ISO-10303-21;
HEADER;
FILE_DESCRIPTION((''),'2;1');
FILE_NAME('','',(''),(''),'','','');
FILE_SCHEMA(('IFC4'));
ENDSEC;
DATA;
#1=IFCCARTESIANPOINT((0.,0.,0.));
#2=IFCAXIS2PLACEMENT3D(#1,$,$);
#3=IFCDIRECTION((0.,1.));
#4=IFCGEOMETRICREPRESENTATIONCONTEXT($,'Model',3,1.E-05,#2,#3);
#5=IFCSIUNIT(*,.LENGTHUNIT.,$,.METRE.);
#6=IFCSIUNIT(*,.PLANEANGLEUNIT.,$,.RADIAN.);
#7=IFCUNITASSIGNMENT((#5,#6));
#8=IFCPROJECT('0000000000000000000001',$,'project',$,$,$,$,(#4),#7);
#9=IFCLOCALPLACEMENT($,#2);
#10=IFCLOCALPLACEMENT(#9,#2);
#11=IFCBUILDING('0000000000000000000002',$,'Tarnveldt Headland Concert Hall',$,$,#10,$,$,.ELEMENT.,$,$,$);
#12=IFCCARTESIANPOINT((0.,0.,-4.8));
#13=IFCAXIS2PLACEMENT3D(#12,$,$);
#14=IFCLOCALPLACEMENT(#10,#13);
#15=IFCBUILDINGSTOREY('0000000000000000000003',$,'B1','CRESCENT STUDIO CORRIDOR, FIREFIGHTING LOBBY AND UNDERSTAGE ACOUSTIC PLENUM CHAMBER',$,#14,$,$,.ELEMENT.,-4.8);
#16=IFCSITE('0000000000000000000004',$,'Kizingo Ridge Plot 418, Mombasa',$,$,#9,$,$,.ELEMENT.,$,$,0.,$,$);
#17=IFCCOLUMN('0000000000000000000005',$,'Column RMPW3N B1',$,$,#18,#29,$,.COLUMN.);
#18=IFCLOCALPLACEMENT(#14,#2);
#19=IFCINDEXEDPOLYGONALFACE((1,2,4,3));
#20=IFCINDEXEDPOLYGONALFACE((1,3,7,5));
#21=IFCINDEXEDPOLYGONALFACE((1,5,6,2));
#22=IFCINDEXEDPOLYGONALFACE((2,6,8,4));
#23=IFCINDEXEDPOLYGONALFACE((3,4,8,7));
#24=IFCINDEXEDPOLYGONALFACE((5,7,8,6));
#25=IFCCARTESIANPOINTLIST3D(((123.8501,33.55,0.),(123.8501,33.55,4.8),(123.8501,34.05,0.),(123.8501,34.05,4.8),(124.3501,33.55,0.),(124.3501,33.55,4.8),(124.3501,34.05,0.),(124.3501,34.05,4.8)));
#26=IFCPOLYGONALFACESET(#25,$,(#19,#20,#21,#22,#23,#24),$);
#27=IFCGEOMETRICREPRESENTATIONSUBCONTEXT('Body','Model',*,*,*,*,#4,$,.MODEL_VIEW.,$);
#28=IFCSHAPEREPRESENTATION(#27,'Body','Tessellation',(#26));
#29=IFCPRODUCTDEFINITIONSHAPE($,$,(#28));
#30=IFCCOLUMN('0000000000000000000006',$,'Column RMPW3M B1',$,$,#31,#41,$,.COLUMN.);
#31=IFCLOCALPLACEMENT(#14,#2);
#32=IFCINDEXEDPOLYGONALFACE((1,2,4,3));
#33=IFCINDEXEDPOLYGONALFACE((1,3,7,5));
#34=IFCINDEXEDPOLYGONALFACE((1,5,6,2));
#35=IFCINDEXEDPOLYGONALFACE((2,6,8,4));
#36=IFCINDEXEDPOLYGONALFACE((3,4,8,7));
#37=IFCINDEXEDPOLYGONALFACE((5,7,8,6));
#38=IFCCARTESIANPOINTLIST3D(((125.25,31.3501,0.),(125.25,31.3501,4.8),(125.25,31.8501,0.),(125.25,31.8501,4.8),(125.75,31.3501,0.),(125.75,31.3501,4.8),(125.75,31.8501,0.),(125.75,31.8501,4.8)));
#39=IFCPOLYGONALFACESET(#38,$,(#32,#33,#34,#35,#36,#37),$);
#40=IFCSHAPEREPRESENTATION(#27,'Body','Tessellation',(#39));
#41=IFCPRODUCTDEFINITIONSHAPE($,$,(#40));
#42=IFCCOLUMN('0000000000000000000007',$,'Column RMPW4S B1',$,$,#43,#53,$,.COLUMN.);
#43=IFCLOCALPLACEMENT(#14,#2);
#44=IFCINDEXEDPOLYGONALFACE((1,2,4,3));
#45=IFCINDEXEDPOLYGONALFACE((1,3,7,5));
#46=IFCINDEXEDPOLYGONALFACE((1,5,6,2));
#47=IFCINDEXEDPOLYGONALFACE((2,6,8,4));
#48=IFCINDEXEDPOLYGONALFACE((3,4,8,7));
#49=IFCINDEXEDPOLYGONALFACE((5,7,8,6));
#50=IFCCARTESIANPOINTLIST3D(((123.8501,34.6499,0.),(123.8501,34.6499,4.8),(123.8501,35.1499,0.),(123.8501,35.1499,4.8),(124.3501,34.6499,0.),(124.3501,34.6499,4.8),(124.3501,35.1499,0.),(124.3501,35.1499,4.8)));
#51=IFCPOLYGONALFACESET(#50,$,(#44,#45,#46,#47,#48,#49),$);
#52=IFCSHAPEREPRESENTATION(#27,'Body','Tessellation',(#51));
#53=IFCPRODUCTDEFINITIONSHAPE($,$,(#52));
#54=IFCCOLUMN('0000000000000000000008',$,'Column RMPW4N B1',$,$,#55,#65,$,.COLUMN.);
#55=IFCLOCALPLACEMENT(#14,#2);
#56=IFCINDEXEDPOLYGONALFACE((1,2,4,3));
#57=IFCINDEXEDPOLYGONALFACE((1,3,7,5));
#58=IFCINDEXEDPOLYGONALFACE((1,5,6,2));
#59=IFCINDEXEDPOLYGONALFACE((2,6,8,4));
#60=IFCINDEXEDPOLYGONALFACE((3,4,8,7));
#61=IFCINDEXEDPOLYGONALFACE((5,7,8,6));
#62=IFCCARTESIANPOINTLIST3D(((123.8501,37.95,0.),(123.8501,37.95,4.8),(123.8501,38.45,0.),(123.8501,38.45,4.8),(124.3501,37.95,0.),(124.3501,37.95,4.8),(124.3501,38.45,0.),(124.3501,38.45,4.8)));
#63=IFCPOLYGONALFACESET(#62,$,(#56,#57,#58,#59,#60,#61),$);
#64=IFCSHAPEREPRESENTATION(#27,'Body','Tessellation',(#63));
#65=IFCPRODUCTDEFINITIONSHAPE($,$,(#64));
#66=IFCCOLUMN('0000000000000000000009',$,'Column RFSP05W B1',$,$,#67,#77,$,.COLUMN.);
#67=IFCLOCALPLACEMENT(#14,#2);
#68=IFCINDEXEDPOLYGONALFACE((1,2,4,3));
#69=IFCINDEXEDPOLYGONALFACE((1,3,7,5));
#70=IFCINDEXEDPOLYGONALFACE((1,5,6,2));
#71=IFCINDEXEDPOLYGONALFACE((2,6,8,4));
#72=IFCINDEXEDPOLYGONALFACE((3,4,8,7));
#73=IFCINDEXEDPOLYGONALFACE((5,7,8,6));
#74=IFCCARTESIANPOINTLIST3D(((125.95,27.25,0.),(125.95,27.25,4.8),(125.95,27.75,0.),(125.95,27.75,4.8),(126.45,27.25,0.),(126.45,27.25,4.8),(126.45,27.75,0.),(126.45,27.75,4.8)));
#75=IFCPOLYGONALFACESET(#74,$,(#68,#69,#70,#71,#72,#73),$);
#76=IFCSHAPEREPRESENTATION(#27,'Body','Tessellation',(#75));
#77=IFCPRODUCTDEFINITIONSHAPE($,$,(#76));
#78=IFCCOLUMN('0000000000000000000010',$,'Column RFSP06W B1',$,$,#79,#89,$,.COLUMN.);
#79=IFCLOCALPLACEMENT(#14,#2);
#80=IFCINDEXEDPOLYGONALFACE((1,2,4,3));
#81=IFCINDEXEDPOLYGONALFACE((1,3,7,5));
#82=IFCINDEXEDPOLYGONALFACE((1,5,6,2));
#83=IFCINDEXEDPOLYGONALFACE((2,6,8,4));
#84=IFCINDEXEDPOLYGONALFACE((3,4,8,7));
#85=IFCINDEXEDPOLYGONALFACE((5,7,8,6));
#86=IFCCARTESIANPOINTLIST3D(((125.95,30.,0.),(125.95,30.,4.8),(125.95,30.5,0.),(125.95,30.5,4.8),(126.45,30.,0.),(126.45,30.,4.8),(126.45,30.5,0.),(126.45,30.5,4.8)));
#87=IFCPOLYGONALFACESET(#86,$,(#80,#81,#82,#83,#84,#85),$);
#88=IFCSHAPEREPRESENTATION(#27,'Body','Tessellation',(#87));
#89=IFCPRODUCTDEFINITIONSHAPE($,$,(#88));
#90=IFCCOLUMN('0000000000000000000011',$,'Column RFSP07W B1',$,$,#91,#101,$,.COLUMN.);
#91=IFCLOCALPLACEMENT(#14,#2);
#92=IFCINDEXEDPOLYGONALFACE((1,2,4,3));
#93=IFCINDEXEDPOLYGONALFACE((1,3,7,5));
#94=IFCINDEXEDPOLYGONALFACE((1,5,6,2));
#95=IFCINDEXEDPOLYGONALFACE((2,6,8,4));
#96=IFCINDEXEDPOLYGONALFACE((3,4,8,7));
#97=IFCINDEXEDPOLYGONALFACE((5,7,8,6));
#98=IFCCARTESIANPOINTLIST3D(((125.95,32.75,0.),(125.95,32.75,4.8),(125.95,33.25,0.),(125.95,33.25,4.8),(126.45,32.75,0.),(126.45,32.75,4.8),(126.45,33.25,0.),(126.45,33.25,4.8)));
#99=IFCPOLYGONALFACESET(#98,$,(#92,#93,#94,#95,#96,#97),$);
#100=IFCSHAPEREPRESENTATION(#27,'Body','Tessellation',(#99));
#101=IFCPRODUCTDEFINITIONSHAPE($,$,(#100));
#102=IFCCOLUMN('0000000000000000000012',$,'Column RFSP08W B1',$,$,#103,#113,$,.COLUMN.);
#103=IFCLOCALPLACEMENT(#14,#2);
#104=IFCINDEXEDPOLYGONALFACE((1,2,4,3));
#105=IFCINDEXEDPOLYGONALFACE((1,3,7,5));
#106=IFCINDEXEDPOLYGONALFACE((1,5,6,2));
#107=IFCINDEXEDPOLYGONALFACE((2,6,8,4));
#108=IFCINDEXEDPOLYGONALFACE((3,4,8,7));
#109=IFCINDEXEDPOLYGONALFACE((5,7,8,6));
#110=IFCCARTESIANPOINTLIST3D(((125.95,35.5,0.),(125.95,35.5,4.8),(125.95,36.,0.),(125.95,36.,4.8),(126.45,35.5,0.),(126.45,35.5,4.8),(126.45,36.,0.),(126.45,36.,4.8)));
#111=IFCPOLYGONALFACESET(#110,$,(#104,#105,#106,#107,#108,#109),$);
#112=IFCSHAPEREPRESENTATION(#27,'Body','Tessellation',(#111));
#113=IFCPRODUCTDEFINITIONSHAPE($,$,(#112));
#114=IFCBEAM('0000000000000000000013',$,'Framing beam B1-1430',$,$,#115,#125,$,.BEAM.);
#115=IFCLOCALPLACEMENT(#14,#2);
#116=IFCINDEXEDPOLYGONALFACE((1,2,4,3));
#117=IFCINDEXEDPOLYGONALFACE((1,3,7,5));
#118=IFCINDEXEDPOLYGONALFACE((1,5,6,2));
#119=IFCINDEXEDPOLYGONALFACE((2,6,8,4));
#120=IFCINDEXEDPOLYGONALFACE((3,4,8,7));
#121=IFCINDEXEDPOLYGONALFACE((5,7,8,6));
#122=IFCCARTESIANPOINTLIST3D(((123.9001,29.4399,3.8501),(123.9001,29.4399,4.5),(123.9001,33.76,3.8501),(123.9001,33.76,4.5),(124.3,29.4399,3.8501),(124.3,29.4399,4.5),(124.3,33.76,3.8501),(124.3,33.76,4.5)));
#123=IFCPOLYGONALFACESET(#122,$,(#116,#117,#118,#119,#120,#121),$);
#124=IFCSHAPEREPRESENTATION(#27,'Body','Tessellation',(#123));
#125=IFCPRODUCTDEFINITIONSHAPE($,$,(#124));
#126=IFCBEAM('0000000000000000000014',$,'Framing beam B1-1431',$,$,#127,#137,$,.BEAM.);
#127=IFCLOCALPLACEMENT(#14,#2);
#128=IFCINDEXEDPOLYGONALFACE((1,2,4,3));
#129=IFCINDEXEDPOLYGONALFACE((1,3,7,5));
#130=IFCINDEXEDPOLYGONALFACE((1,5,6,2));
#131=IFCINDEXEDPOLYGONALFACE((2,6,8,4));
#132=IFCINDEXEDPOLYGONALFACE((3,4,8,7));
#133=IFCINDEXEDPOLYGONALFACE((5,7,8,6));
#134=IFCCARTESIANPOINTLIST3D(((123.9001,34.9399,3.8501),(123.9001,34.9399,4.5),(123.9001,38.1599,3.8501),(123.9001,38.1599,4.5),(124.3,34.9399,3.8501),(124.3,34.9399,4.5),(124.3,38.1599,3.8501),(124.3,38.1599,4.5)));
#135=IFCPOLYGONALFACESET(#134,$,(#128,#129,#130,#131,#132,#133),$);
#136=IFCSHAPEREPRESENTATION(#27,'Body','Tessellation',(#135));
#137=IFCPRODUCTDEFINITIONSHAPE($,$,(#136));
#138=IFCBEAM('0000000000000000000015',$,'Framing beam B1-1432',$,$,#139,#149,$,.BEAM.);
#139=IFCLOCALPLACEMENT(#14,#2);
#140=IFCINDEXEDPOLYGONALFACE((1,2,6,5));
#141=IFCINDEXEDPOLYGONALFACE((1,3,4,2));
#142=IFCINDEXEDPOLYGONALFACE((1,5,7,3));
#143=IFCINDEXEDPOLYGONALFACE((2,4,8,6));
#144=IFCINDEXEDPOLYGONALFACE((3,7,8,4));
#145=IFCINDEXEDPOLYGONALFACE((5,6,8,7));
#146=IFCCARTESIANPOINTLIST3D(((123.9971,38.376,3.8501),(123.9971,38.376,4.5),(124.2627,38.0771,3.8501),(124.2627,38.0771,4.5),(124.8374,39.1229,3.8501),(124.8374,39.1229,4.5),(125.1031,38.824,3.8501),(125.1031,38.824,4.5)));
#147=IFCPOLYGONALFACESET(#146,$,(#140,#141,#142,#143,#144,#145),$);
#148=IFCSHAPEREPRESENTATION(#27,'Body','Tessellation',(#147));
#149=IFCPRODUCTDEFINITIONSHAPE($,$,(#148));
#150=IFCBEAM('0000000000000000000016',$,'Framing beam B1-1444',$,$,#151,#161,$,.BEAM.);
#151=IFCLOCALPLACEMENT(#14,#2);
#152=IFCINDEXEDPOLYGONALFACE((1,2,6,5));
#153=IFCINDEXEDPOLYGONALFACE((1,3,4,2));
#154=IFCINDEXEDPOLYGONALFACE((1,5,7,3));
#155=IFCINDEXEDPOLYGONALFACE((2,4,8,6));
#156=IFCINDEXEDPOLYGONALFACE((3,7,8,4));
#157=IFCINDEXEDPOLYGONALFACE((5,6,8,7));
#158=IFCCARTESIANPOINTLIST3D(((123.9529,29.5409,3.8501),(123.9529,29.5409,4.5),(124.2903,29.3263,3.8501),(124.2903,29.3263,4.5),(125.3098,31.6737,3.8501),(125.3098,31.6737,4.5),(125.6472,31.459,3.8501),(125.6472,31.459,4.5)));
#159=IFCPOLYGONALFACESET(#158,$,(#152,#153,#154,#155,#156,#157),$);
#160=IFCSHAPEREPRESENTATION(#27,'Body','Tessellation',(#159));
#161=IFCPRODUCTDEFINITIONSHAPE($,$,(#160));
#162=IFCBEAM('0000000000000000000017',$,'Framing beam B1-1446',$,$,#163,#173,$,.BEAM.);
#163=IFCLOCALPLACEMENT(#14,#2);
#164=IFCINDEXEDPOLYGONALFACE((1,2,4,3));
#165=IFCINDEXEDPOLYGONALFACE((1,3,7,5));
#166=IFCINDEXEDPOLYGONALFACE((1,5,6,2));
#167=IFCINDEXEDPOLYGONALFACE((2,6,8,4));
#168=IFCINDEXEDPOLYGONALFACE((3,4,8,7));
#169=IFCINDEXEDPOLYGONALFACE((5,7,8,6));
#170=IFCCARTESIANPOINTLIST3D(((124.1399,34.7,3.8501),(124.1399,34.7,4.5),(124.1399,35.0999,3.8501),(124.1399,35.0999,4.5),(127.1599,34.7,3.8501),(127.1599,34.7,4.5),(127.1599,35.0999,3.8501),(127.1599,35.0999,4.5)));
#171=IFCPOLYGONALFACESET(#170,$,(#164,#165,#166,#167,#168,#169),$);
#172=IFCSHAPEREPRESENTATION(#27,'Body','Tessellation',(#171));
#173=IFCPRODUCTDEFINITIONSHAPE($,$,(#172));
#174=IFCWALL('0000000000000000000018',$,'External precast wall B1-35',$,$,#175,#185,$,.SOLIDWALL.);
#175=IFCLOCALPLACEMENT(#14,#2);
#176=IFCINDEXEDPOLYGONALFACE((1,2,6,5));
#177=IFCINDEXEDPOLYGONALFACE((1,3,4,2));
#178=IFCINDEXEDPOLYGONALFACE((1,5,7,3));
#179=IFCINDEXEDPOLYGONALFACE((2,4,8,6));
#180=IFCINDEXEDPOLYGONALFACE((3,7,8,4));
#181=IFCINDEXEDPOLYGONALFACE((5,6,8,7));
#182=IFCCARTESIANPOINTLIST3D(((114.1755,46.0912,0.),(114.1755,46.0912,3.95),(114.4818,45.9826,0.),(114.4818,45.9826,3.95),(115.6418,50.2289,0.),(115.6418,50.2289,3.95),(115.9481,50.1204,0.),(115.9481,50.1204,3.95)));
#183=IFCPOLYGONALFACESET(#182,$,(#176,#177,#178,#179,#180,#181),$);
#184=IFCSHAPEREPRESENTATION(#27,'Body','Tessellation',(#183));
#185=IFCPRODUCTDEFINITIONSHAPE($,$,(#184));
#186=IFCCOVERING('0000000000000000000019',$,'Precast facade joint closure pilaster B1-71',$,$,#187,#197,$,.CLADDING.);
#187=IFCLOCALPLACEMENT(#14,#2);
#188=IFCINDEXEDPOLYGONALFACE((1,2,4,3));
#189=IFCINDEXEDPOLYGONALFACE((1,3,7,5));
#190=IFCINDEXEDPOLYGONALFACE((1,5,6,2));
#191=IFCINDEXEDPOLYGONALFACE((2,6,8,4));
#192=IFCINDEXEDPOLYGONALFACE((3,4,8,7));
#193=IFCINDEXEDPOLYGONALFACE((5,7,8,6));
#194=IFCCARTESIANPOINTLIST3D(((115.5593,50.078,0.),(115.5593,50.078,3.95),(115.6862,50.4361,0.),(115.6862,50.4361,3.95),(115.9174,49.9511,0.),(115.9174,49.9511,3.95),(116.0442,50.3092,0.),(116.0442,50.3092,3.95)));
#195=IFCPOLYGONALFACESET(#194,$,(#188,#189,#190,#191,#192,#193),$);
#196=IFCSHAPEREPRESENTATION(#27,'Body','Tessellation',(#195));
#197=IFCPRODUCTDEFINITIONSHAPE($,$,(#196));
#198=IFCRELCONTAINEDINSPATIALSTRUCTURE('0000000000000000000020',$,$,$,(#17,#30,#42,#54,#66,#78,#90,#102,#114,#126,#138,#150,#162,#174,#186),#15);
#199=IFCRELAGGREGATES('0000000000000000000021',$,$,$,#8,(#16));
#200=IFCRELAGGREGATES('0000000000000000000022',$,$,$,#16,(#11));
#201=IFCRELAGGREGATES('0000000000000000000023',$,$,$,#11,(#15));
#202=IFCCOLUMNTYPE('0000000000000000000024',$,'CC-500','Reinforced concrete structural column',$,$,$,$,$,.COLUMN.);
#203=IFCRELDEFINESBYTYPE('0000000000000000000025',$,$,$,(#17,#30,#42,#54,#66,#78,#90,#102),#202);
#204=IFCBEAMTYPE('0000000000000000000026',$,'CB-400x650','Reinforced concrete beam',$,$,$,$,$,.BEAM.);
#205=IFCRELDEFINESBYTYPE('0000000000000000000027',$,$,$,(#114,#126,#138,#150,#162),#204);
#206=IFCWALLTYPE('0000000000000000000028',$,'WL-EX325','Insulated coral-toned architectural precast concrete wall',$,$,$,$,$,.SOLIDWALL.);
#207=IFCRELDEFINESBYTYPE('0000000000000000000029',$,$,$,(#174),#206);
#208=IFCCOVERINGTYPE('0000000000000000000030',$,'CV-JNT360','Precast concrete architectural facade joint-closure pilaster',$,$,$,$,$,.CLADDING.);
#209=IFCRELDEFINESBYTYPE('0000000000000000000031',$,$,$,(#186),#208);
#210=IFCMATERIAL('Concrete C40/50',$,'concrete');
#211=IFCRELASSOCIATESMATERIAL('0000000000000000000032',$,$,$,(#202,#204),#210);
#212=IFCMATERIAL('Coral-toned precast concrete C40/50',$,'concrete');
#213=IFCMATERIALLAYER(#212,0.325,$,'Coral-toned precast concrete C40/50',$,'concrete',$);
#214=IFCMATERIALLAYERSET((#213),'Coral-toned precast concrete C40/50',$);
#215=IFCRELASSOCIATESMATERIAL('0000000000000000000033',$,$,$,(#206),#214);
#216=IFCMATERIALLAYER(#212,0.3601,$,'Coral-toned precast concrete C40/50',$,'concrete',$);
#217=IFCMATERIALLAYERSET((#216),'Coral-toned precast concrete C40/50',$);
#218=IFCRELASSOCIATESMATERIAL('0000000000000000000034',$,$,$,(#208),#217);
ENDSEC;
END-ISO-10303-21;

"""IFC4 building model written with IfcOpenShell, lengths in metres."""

from ifc_helpers import new_model, si_unit, direction, frame, frame_2d, origin, origin_2d, place, context, subcontext, project, spatial, rectangle, extrude, material, layer, layer_set, material_profile, profile_set, type_object, element, save


model = new_model("IFC4")

# Units and contexts
model_context = context("Model", 3, precision=1e-05, world=origin(), true_north=direction((0.0, 1.0)))
body_context = subcontext(model_context, "Body", "Model", "MODEL_VIEW")
ifc_project = project(units=[si_unit("LENGTHUNIT", "METRE"), si_unit("PLANEANGLEUNIT", "RADIAN")], contexts=[model_context])

# Site, building, storey
site_placement = place(None, origin())
site = spatial("IfcSite", under=ifc_project, at=site_placement, Name="Kizingo Ridge Plot 418, Mombasa", CompositionType="ELEMENT", RefElevation=0.0)
building_placement = place(site_placement, origin())
building = spatial("IfcBuilding", under=site, at=building_placement, Name="Tarnveldt Headland Concert Hall", CompositionType="ELEMENT")
storey_placement = place(building_placement, frame((0.0, 0.0, -4.8)))
storey = spatial("IfcBuildingStorey", under=building, at=storey_placement, Name="B1", Description="CRESCENT STUDIO CORRIDOR, FIREFIGHTING LOBBY AND UNDERSTAGE ACOUSTIC PLENUM CHAMBER", CompositionType="ELEMENT", Elevation=-4.8)

# Shared definitions
ifc_material_1 = material(Name="Concrete C40/50", Category="concrete")

# Columns
ifc_material_profile_1 = material_profile(ifc_material_1, rectangle(XDim=0.5, YDim=0.5, at=origin_2d()), Name="RC 500x500", Category="concrete")
ifc_profile_set_1 = profile_set([ifc_material_profile_1], Name="Concrete C40/50")
column_type = type_object("IfcColumnType", Name="CC-500", Description="Reinforced concrete structural column", PredefinedType="COLUMN", material=ifc_profile_set_1)
for number, where, z_axis, x_axis, name in (
    (1, (124.1001, 33.8, 0.0), (0.0, 0.0, 1.0), (1.0, 0.0, 0.0), "Column RMPW3N B1"),
    (2, (125.5, 31.6001, 0.0), (0.0, 0.0, 1.0), (1.0, 0.0, 0.0), "Column RMPW3M B1"),
    (3, (124.1001, 34.8999, 0.0), (0.0, 0.0, 1.0), (1.0, 0.0, 0.0), "Column RMPW4S B1"),
    (4, (124.1001, 38.2, 0.0), (0.0, 0.0, 1.0), (1.0, 0.0, 0.0), "Column RMPW4N B1"),
    (5, (126.2, 27.5, 0.0), (0.0, 0.0, 1.0), (1.0, 0.0, 0.0), "Column RFSP05W B1"),
    (6, (126.2, 30.25, 0.0), (0.0, 0.0, 1.0), (1.0, 0.0, 0.0), "Column RFSP06W B1"),
    (7, (126.2, 33.0, 0.0), (0.0, 0.0, 1.0), (1.0, 0.0, 0.0), "Column RFSP07W B1"),
    (8, (126.2, 35.75, 0.0), (0.0, 0.0, 1.0), (1.0, 0.0, 0.0), "Column RFSP08W B1"),
):
    element("IfcColumn", number, at=place(storey_placement, frame(where, z_axis=z_axis, x_axis=x_axis)), inside=storey, type_object=column_type, Name=name, PredefinedType="COLUMN", context=body_context, shape_type="SweptSolid", body=[
        extrude(rectangle(XDim=0.5, YDim=0.5, at=origin_2d()), origin(), (0.0, 0.0, 1.0), 4.8),
    ])

# Beams
ifc_material_profile_2 = material_profile(ifc_material_1, rectangle(XDim=0.3999, YDim=0.6499, at=origin_2d()), Name="RC 400x650", Category="concrete")
ifc_profile_set_2 = profile_set([ifc_material_profile_2], Name="Concrete C40/50")
beam_type = type_object("IfcBeamType", Name="CB-400x650", Description="Reinforced concrete beam", PredefinedType="BEAM", material=ifc_profile_set_2)
beam_1_placement = place(storey_placement, frame((124.1001, 29.4399, 4.175), z_axis=(0.0, 1.0, 0.0), x_axis=(-1.0, 0.0, 0.0)))
element("IfcBeam", 9, at=beam_1_placement, inside=storey, type_object=beam_type, Name="Framing beam B1-1430", PredefinedType="BEAM", context=body_context, shape_type="SweptSolid", body=[
    extrude(rectangle(XDim=0.3999, YDim=0.6499, at=origin_2d()), origin(), (0.0, 0.0, 1.0), 4.3201),
])
beam_2_placement = place(storey_placement, frame((124.1001, 34.9399, 4.175), z_axis=(0.0, 1.0, 0.0), x_axis=(-1.0, 0.0, 0.0)))
element("IfcBeam", 10, at=beam_2_placement, inside=storey, type_object=beam_type, Name="Framing beam B1-1431", PredefinedType="BEAM", context=body_context, shape_type="SweptSolid", body=[
    extrude(rectangle(XDim=0.3999, YDim=0.6499, at=origin_2d()), origin(), (0.0, 0.0, 1.0), 3.22),
])
beam_3_placement = place(storey_placement, frame((124.1299, 38.2266, 4.175), z_axis=(0.747469, 0.664296, 0.0), x_axis=(-0.664296, 0.747469, 0.0)))
element("IfcBeam", 11, at=beam_3_placement, inside=storey, type_object=beam_type, Name="Framing beam B1-1432", PredefinedType="BEAM", context=body_context, shape_type="SweptSolid", body=[
    extrude(rectangle(XDim=0.3999, YDim=0.6499, at=origin_2d()), origin(), (0.0, 0.0, 1.0), 1.1243),
])
beam_4_placement = place(storey_placement, frame((124.1216, 29.4336, 4.175), z_axis=(0.536788, 0.843717, 0.0), x_axis=(-0.843717, 0.536788, 0.0)))
element("IfcBeam", 12, at=beam_4_placement, inside=storey, type_object=beam_type, Name="Framing beam B1-1444", PredefinedType="BEAM", context=body_context, shape_type="SweptSolid", body=[
    extrude(rectangle(XDim=0.3999, YDim=0.6499, at=origin_2d()), origin(), (0.0, 0.0, 1.0), 2.5278),
])
beam_5_placement = place(storey_placement, frame((124.1399, 34.8999, 4.175), z_axis=(1.0, 0.0, 0.0), x_axis=(0.0, 1.0, 0.0)))
element("IfcBeam", 13, at=beam_5_placement, inside=storey, type_object=beam_type, Name="Framing beam B1-1446", PredefinedType="BEAM", context=body_context, shape_type="SweptSolid", body=[
    extrude(rectangle(XDim=0.3999, YDim=0.6499, at=origin_2d()), origin(), (0.0, 0.0, 1.0), 3.02),
])

# Wall
ifc_material_2 = material(Name="Coral-toned precast concrete C40/50", Category="concrete")
ifc_layer_1 = layer(ifc_material_2, 0.325, Name="Coral-toned precast concrete C40/50", Category="concrete")
ifc_layer_set_1 = layer_set([ifc_layer_1], Name="Coral-toned precast concrete C40/50")
wall_type = type_object("IfcWallType", Name="WL-EX325", Description="Insulated coral-toned architectural precast concrete wall", PredefinedType="SOLIDWALL", material=ifc_layer_set_1)
wall_placement = place(storey_placement, frame((115.7949, 50.1746, 0.0), z_axis=(0.0, 0.0, 1.0), x_axis=(-0.334024, -0.942564, 0.0)))
element("IfcWall", 14, at=wall_placement, inside=storey, type_object=wall_type, Name="External precast wall B1-35", PredefinedType="SOLIDWALL", context=body_context, shape_type="SweptSolid", body=[
    extrude(rectangle(XDim=4.3899, YDim=0.325, at=frame_2d((2.1948, 0.0))), origin(), (0.0, 0.0, 1.0), 3.95),
])

# Covering
ifc_layer_2 = layer(ifc_material_2, 0.3601, Name="Coral-toned precast concrete C40/50", Category="concrete")
ifc_layer_set_2 = layer_set([ifc_layer_2], Name="Coral-toned precast concrete C40/50")
covering_type = type_object("IfcCoveringType", Name="CV-JNT360", Description="Precast concrete architectural facade joint-closure pilaster", PredefinedType="CLADDING", material=ifc_layer_set_2)
covering_placement = place(storey_placement, frame((115.8018, 50.1936, 0.0), z_axis=(0.0, 0.0, 1.0), x_axis=(-0.333971, -0.942583, 0.0)))
element("IfcCovering", 15, at=covering_placement, inside=storey, type_object=covering_type, Name="Precast facade joint closure pilaster B1-71", PredefinedType="CLADDING", context=body_context, shape_type="SweptSolid", body=[
    extrude(rectangle(XDim=0.3799, YDim=0.3799, at=origin_2d()), origin(), (0.0, 0.0, 1.0), 3.95),
])

save(model, "model.ifc")
